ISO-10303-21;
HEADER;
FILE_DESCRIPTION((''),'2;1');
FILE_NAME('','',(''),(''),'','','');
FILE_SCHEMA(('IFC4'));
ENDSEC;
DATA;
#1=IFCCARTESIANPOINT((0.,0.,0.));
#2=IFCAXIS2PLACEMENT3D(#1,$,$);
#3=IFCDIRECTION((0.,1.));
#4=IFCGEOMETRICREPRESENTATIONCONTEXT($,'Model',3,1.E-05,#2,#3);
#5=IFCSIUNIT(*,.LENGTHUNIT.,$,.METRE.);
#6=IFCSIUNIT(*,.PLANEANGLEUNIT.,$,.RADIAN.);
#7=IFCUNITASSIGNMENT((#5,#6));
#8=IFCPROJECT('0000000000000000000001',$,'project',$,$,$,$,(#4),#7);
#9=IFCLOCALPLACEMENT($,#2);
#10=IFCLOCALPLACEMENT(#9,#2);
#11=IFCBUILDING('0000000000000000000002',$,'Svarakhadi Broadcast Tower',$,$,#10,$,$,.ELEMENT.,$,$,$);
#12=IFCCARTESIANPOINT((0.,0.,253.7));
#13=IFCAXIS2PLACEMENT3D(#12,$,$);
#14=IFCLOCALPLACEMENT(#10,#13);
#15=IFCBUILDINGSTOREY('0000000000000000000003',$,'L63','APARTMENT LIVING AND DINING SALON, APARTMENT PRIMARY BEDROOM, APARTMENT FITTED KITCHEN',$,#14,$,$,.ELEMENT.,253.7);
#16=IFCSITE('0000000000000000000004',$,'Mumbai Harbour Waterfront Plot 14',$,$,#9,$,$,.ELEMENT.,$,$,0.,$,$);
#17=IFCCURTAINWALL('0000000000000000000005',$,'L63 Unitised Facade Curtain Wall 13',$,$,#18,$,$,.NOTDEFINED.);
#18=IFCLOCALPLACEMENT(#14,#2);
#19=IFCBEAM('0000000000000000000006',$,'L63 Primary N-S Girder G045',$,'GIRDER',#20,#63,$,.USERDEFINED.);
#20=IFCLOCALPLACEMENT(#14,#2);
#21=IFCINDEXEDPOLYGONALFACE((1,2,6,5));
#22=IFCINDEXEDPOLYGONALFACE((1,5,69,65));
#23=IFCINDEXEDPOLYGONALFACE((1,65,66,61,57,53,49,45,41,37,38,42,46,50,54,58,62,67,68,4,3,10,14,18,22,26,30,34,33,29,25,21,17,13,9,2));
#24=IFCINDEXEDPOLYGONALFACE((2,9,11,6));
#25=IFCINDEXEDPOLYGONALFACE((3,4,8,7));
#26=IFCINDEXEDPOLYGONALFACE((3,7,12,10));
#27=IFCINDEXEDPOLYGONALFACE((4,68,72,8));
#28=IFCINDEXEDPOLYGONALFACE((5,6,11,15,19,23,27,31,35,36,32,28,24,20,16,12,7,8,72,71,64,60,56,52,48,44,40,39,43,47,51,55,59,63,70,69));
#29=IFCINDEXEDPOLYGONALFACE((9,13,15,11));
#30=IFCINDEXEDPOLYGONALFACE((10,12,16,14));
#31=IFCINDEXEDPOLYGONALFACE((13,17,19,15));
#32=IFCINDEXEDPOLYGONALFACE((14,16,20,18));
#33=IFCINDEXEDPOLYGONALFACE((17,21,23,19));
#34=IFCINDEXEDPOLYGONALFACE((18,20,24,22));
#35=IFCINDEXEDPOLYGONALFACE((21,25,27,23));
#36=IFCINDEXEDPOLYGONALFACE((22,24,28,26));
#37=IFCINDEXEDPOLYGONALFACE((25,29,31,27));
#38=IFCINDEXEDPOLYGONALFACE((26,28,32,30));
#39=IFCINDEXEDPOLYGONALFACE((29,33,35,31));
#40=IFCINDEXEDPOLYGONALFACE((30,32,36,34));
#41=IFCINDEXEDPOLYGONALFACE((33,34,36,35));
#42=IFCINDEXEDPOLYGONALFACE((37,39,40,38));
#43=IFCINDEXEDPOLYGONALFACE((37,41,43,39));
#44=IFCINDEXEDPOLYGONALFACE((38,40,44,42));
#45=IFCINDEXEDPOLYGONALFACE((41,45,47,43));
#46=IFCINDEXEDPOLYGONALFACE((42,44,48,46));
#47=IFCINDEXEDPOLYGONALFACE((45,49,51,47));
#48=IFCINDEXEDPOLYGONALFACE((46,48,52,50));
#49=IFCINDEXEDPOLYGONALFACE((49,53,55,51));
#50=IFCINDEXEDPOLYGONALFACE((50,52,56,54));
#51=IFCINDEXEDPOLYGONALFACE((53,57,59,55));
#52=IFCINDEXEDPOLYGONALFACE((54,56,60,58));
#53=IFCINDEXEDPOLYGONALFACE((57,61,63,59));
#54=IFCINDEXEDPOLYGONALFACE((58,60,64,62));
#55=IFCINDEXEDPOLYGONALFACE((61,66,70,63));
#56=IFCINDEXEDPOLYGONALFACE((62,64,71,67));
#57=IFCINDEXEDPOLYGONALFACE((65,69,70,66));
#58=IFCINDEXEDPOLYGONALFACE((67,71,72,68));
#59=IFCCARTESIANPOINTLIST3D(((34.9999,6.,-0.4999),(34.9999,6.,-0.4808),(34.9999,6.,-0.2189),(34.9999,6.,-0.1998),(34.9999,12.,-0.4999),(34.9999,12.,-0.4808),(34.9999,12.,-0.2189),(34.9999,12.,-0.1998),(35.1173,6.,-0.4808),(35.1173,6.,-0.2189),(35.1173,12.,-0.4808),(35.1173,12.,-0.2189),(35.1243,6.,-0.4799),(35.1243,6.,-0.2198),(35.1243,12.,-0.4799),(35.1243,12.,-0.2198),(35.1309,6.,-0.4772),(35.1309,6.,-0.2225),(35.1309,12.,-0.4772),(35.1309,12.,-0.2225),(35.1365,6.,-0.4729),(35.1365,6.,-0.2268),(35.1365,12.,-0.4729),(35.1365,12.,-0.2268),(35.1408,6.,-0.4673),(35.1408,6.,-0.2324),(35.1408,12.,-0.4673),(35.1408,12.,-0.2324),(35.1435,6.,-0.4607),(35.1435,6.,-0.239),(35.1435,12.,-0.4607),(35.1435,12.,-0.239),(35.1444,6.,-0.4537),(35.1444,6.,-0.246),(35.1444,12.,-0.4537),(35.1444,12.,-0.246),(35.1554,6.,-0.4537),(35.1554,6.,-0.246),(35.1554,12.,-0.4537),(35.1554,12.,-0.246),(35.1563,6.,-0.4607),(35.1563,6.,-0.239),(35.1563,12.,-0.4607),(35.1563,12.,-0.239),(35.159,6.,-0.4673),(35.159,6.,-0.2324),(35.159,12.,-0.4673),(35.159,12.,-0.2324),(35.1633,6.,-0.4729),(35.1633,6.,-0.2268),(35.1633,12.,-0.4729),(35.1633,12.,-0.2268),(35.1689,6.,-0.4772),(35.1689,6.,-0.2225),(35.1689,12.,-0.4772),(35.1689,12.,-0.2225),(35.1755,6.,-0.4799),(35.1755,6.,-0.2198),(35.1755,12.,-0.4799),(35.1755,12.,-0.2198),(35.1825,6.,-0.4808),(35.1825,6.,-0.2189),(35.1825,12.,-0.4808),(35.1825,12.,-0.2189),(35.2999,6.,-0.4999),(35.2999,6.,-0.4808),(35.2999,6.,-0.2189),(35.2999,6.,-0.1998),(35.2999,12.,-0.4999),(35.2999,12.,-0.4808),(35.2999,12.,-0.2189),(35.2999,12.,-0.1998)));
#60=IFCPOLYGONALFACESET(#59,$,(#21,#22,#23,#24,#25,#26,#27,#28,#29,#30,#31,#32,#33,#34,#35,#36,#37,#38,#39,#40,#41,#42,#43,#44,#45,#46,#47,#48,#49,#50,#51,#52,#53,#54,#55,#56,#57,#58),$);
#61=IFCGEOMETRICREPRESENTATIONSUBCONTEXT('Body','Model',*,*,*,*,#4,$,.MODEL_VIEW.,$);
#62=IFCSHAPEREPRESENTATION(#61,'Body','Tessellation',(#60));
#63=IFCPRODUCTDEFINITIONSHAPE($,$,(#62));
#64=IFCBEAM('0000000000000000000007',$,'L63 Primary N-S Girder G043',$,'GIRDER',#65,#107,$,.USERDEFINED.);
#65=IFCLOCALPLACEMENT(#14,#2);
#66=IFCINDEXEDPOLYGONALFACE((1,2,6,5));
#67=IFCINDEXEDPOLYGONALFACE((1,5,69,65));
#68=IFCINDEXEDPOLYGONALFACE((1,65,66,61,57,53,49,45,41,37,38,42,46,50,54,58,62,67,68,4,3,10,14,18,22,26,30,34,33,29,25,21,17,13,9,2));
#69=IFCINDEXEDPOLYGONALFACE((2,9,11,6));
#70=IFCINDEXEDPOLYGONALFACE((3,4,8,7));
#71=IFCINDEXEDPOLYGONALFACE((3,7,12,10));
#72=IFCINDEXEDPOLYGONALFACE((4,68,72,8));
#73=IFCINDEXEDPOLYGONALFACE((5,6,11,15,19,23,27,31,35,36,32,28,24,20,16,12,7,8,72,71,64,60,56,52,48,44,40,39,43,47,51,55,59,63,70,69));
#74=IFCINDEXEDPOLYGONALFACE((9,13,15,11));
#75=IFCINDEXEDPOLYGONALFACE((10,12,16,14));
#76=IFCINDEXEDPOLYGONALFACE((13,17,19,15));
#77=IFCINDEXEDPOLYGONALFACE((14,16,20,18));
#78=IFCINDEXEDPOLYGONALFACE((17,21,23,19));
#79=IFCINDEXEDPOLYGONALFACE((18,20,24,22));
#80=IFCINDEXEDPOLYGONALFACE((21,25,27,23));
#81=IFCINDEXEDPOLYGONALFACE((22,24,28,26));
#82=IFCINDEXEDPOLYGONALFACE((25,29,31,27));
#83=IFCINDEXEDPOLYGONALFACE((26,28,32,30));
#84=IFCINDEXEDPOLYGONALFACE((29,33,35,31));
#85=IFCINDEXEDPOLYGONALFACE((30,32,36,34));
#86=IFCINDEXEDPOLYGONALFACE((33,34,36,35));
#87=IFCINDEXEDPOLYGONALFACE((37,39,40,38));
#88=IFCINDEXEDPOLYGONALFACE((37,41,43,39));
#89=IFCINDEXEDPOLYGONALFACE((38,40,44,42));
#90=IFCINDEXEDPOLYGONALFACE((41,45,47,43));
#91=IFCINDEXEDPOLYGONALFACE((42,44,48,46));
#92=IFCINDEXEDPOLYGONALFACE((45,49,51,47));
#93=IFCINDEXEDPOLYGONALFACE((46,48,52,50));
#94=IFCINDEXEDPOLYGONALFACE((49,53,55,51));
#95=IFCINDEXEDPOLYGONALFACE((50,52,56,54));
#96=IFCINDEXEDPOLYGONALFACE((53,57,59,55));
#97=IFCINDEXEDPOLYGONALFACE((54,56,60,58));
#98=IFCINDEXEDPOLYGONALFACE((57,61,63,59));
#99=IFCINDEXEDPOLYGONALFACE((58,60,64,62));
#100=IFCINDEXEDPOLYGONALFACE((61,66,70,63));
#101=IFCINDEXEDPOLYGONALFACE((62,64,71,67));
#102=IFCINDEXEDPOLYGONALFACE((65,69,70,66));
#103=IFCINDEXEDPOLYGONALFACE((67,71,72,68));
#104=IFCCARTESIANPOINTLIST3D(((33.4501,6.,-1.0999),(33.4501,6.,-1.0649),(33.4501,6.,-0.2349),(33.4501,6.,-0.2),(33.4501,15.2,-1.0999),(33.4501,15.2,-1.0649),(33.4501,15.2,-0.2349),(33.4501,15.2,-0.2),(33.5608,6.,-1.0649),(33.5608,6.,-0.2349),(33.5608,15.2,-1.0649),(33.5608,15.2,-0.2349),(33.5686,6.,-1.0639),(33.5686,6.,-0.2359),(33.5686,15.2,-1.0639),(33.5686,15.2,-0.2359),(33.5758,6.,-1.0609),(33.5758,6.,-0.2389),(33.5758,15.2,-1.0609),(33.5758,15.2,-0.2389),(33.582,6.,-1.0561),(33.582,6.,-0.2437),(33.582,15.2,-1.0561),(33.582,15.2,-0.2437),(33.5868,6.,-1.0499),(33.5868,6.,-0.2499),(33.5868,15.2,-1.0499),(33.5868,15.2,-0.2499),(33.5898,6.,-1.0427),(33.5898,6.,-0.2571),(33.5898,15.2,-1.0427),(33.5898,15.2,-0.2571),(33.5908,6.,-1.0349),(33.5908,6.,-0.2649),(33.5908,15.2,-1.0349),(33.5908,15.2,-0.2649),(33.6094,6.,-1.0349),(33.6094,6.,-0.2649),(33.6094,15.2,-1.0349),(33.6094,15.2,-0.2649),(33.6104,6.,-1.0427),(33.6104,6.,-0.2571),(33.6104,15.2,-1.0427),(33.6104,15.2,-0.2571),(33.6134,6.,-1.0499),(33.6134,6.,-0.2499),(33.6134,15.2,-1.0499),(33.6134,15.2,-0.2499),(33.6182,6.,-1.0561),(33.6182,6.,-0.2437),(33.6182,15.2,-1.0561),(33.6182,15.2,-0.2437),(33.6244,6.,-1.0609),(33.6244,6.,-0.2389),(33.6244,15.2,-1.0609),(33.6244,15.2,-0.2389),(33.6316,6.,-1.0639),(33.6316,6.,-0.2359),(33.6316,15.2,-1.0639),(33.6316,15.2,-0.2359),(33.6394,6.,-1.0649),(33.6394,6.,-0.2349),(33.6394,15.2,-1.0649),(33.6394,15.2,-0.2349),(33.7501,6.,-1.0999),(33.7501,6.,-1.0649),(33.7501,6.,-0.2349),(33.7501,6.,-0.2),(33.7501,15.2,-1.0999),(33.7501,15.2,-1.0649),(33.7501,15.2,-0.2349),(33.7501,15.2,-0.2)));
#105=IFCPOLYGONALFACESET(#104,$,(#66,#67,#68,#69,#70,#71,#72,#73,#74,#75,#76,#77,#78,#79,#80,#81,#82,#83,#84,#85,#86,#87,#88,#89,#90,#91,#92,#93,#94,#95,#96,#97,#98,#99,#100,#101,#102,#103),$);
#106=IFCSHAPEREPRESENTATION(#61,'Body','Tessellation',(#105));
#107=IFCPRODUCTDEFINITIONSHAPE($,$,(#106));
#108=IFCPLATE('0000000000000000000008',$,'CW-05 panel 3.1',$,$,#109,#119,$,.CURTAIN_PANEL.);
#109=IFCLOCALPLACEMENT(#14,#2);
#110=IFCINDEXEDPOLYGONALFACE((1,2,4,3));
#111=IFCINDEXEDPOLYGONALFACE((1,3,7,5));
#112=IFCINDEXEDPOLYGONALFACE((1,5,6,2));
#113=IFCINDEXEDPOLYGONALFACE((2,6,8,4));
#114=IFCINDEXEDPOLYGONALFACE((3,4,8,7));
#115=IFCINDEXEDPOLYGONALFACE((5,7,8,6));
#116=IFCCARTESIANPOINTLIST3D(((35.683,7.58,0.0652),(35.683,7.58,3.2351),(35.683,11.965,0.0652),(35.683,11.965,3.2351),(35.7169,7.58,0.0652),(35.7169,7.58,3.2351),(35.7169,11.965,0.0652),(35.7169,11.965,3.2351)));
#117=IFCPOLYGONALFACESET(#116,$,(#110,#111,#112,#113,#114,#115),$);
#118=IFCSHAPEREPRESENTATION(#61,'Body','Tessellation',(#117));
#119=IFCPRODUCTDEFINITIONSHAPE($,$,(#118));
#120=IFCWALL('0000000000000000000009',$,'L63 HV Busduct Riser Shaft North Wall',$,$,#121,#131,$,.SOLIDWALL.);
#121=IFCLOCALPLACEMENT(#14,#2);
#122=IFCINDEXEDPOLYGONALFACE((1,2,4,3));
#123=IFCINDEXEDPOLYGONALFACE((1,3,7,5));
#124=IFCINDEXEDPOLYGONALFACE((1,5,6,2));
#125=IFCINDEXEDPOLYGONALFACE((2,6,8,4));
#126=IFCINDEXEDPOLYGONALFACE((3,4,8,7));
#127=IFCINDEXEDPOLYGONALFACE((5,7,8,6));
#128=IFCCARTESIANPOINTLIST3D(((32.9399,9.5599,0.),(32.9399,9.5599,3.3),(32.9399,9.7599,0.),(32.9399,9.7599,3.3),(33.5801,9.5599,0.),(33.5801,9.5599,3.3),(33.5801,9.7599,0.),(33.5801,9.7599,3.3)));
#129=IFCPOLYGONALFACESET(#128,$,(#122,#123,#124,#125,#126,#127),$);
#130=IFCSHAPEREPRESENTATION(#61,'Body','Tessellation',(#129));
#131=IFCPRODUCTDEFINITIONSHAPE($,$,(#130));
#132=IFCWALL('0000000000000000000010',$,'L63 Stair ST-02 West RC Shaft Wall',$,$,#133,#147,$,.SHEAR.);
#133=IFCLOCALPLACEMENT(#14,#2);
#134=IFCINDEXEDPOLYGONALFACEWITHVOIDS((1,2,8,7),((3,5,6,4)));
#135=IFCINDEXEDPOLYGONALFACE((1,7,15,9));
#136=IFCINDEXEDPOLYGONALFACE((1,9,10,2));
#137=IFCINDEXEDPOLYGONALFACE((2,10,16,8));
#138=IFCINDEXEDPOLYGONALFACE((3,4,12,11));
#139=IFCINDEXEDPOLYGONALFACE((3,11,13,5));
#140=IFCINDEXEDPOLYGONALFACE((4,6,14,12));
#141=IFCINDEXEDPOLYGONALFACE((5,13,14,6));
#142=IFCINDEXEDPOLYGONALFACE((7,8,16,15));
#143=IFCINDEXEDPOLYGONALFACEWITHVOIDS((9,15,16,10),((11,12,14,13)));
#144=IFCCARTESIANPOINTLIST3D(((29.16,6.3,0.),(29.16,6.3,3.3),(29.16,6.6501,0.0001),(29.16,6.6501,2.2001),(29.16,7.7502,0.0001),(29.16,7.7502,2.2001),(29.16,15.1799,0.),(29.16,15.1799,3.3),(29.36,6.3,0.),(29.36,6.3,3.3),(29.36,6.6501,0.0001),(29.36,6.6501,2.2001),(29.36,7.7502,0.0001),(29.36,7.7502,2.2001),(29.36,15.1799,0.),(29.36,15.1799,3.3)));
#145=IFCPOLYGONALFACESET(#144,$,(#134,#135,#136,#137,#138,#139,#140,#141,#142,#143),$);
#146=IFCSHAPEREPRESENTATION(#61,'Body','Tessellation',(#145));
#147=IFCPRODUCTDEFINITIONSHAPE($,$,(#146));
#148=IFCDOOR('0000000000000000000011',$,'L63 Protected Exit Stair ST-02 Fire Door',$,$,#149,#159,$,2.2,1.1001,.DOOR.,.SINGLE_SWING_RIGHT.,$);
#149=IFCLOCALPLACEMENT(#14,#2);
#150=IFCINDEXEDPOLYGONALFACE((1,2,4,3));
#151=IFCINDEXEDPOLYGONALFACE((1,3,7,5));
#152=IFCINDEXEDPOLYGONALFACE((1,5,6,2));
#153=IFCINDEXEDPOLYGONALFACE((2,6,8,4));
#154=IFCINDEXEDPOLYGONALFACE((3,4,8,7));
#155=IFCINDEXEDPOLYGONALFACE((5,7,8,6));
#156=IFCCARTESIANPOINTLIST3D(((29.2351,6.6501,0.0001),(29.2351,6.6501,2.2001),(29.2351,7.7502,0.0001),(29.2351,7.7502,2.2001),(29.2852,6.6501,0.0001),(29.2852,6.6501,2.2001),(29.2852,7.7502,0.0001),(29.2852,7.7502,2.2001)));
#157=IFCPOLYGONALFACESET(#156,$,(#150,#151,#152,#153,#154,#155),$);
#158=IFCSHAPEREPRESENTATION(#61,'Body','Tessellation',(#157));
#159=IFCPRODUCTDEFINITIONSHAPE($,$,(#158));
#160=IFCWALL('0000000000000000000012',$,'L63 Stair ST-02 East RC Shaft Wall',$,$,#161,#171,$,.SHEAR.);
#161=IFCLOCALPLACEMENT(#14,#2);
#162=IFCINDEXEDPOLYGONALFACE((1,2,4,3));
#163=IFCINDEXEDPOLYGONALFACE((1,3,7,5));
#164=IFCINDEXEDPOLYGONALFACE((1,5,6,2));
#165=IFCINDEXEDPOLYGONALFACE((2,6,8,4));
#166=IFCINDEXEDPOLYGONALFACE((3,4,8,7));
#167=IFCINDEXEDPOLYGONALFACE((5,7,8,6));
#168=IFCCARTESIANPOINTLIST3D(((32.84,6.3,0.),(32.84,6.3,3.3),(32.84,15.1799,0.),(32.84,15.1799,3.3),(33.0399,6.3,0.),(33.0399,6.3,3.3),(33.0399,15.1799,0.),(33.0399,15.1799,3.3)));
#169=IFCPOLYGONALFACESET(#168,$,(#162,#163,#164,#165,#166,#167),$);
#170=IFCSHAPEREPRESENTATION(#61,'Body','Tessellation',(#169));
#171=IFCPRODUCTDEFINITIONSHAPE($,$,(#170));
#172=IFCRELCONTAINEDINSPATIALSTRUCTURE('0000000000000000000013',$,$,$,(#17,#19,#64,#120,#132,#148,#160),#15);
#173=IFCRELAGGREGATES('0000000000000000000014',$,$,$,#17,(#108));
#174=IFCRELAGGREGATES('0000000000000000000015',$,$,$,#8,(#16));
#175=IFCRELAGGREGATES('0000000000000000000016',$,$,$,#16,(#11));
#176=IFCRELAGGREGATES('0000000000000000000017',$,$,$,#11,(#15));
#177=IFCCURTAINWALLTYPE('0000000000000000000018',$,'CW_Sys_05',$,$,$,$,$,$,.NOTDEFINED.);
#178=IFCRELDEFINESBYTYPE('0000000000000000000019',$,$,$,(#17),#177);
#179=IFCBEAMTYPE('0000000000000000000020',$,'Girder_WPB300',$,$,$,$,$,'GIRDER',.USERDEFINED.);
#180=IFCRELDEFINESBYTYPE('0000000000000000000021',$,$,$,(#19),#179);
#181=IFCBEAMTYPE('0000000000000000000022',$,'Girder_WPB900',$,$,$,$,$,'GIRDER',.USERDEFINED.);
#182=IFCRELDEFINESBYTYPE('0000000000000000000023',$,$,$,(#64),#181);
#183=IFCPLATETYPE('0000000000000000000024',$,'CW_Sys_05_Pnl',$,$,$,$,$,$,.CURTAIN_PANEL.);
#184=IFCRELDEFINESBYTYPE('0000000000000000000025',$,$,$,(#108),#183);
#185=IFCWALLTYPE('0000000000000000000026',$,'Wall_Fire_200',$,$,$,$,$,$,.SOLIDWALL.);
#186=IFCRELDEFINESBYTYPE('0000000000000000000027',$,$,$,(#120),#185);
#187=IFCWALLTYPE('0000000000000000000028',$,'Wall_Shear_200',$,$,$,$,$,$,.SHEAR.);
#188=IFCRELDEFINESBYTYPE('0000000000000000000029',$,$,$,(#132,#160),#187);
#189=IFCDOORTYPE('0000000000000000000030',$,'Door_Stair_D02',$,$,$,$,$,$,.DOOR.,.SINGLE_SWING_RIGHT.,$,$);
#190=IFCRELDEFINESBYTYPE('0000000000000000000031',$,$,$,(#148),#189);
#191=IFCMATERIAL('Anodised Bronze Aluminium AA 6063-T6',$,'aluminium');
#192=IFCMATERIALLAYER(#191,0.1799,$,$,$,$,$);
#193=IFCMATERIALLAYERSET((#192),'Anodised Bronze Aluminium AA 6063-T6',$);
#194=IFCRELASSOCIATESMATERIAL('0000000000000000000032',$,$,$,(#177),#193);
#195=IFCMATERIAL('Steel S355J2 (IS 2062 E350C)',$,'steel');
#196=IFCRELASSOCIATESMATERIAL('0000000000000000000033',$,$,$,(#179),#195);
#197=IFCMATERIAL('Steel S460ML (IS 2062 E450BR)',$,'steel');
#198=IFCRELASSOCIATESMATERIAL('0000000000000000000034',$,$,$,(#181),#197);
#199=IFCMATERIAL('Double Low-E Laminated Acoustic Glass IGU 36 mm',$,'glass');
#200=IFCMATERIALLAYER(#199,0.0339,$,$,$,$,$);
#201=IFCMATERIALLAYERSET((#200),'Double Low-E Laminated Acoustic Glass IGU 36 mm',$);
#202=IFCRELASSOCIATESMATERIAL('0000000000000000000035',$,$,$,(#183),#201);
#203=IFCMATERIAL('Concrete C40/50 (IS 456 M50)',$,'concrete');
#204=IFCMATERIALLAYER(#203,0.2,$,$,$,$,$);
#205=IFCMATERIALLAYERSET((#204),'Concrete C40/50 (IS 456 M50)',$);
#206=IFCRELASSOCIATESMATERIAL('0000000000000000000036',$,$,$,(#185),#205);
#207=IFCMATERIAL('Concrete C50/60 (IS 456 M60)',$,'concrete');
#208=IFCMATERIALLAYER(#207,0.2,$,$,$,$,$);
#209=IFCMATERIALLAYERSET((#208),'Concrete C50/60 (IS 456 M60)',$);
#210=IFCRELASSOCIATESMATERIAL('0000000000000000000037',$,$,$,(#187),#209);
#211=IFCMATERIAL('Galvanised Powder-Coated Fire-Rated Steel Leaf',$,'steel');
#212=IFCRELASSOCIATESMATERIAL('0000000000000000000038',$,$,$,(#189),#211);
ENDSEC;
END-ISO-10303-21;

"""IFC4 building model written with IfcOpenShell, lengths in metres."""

from ifc_helpers import new_model, si_unit, direction, frame, frame_2d, origin, origin_2d, place, context, subcontext, project, spatial, rectangle, i_section, extrude, material, layer, layer_set, material_profile, profile_set, type_object, element, fill, aggregate, save


model = new_model("IFC4")

# Units and contexts
model_context = context("Model", 3, precision=1e-05, world=origin(), true_north=direction((0.0, 1.0)))
body_context = subcontext(model_context, "Body", "Model", "MODEL_VIEW")
ifc_project = project(units=[si_unit("LENGTHUNIT", "METRE"), si_unit("PLANEANGLEUNIT", "RADIAN")], contexts=[model_context])

# Site, building, storey
site_placement = place(None, origin())
site = spatial("IfcSite", under=ifc_project, at=site_placement, Name="Mumbai Harbour Waterfront Plot 14", CompositionType="ELEMENT", RefElevation=0.0)
building_placement = place(site_placement, origin())
building = spatial("IfcBuilding", under=site, at=building_placement, Name="Svarakhadi Broadcast Tower", CompositionType="ELEMENT")
storey_placement = place(building_placement, frame((0.0, 0.0, 253.7)))
storey = spatial("IfcBuildingStorey", under=building, at=storey_placement, Name="L63", Description="APARTMENT LIVING AND DINING SALON, APARTMENT PRIMARY BEDROOM, APARTMENT FITTED KITCHEN", CompositionType="ELEMENT", Elevation=253.7)

# Shared definitions
ifc_material_1 = material(Name="Concrete C50/60 (IS 456 M60)", Category="concrete")
ifc_material_2 = material(Name="Steel S460ML (IS 2062 E450BR)", Category="steel")

# Curtain wall
ifc_material_3 = material(Name="Anodised Bronze Aluminium AA 6063-T6", Category="aluminium")
ifc_layer_1 = layer(ifc_material_3, 0.1799)
ifc_layer_set_1 = layer_set([ifc_layer_1], Name="Anodised Bronze Aluminium AA 6063-T6")
curtain_wall_type = type_object("IfcCurtainWallType", Name="CW_Sys_05", PredefinedType="NOTDEFINED", material=ifc_layer_set_1)
curtain_wall_placement = place(storey_placement, origin())
curtain_wall = element("IfcCurtainWall", 1, at=curtain_wall_placement, inside=storey, type_object=curtain_wall_type, Name="L63 Unitised Facade Curtain Wall 13", PredefinedType="NOTDEFINED")

# Beams
ifc_material_4 = material(Name="Steel S355J2 (IS 2062 E350C)", Category="steel")
ifc_material_profile_1 = material_profile(ifc_material_4, i_section(OverallWidth=0.3, OverallDepth=0.3, WebThickness=0.011, FlangeThickness=0.019, FilletRadius=0.0271, at=origin_2d()), Name="WPB 300x300x117")
ifc_profile_set_1 = profile_set([ifc_material_profile_1], Name="Steel S355J2 (IS 2062 E350C)")
beam_type_1 = type_object("IfcBeamType", Name="Girder_WPB300", ElementType="GIRDER", PredefinedType="USERDEFINED", material=ifc_profile_set_1)
beam_1_placement = place(storey_placement, frame((35.1499, 6.0, -0.3499), z_axis=(0.0, 1.0, 0.0), x_axis=(-1.0, 0.0, 0.0)))
element("IfcBeam", 2, at=beam_1_placement, inside=storey, type_object=beam_type_1, Name="L63 Primary N-S Girder G045", ObjectType="GIRDER", PredefinedType="USERDEFINED", context=body_context, shape_type="SweptSolid", body=[
    extrude(i_section(OverallWidth=0.3, OverallDepth=0.3, WebThickness=0.011, FlangeThickness=0.019, FilletRadius=0.0271, at=origin_2d()), origin(), (0.0, 0.0, 1.0), 6.0),
])
ifc_material_profile_2 = material_profile(ifc_material_2, i_section(OverallWidth=0.3, OverallDepth=0.8999, WebThickness=0.0186, FlangeThickness=0.0349, FilletRadius=0.03, at=origin_2d()), Name="WPB 900x300x291")
ifc_profile_set_2 = profile_set([ifc_material_profile_2], Name="Steel S460ML (IS 2062 E450BR)")
beam_type_2 = type_object("IfcBeamType", Name="Girder_WPB900", ElementType="GIRDER", PredefinedType="USERDEFINED", material=ifc_profile_set_2)
beam_2_placement = place(storey_placement, frame((33.6001, 6.0, -0.6499), z_axis=(0.0, 1.0, 0.0), x_axis=(-1.0, 0.0, 0.0)))
element("IfcBeam", 3, at=beam_2_placement, inside=storey, type_object=beam_type_2, Name="L63 Primary N-S Girder G043", ObjectType="GIRDER", PredefinedType="USERDEFINED", context=body_context, shape_type="SweptSolid", body=[
    extrude(i_section(OverallWidth=0.3, OverallDepth=0.8999, WebThickness=0.0186, FlangeThickness=0.0349, FilletRadius=0.03, at=origin_2d()), origin(), (0.0, 0.0, 1.0), 9.2),
])

# Plate
ifc_material_5 = material(Name="Double Low-E Laminated Acoustic Glass IGU 36 mm", Category="glass")
ifc_layer_2 = layer(ifc_material_5, 0.0339)
ifc_layer_set_2 = layer_set([ifc_layer_2], Name="Double Low-E Laminated Acoustic Glass IGU 36 mm")
plate_type = type_object("IfcPlateType", Name="CW_Sys_05_Pnl", PredefinedType="CURTAIN_PANEL", material=ifc_layer_set_2)
plate_placement = place(storey_placement, frame((35.7, 9.7725, 0.0652), z_axis=(0.0, 0.0, 1.0), x_axis=(0.0, -1.0, 0.0)))
plate = element("IfcPlate", 4, at=plate_placement, type_object=plate_type, Name="CW-05 panel 3.1", PredefinedType="CURTAIN_PANEL", context=body_context, shape_type="SweptSolid", body=[
    extrude(rectangle(XDim=4.385, YDim=0.0339, at=origin_2d()), origin(), (0.0, 0.0, 1.0), 3.1699),
])
aggregate(curtain_wall, [plate])

# Wall
ifc_material_6 = material(Name="Concrete C40/50 (IS 456 M50)", Category="concrete")
ifc_layer_3 = layer(ifc_material_6, 0.2)
ifc_layer_set_3 = layer_set([ifc_layer_3], Name="Concrete C40/50 (IS 456 M50)")
wall_type_1 = type_object("IfcWallType", Name="Wall_Fire_200", PredefinedType="SOLIDWALL", material=ifc_layer_set_3)
wall_1_placement = place(storey_placement, frame((32.9399, 9.6599, 0.0), z_axis=(0.0, 0.0, 1.0), x_axis=(1.0, 0.0, 0.0)))
element("IfcWall", 5, at=wall_1_placement, inside=storey, type_object=wall_type_1, Name="L63 HV Busduct Riser Shaft North Wall", PredefinedType="SOLIDWALL", context=body_context, shape_type="SweptSolid", body=[
    extrude(rectangle(XDim=0.6401, YDim=0.2, at=frame_2d((0.3201, 0.0))), origin(), (0.0, 0.0, 1.0), 3.3),
])

# Wall, opening, door
ifc_layer_4 = layer(ifc_material_1, 0.2)
ifc_layer_set_4 = layer_set([ifc_layer_4], Name="Concrete C50/60 (IS 456 M60)")
wall_type_2 = type_object("IfcWallType", Name="Wall_Shear_200", PredefinedType="SHEAR", material=ifc_layer_set_4)
wall_2_placement = place(storey_placement, frame((29.26, 6.3, 0.0), z_axis=(0.0, 0.0, 1.0), x_axis=(0.0, 1.0, 0.0)))
wall_2 = element("IfcWall", 6, at=wall_2_placement, inside=storey, type_object=wall_type_2, Name="L63 Stair ST-02 West RC Shaft Wall", PredefinedType="SHEAR", context=body_context, shape_type="SweptSolid", body=[
    extrude(rectangle(XDim=8.8799, YDim=0.2, at=frame_2d((4.4399, 0.0))), origin(), (0.0, 0.0, 1.0), 3.3),
])
opening_1_placement = place(wall_2_placement, frame((0.3501, 0.0, 0.0)))
opening_1 = element("IfcOpeningElement", 7, at=opening_1_placement, cuts=wall_2, PredefinedType="OPENING", context=body_context, shape_type="SweptSolid", body=[
    extrude(rectangle(XDim=1.1001, YDim=2.2, at=frame_2d((0.55, 1.1001))), frame((0.0, 0.1099, 0.0), z_axis=(0.0, -1.0, 0.0), x_axis=(1.0, 0.0, 0.0)), (0.0, 0.0, 1.0), 0.22),
])
ifc_material_7 = material(Name="Galvanised Powder-Coated Fire-Rated Steel Leaf", Category="steel")
door_type_1 = type_object("IfcDoorType", Name="Door_Stair_D02", OperationType="SINGLE_SWING_RIGHT", PredefinedType="DOOR", material=ifc_material_7)
door_1_placement = place(opening_1_placement, origin())
door_1 = element("IfcDoor", 8, at=door_1_placement, inside=storey, type_object=door_type_1, Name="L63 Protected Exit Stair ST-02 Fire Door", OperationType="SINGLE_SWING_RIGHT", OverallHeight=2.2, OverallWidth=1.1001, PredefinedType="DOOR", context=body_context, shape_type="SweptSolid", body=[
    extrude(rectangle(XDim=1.1001, YDim=2.2, at=frame_2d((0.55, 1.1001))), frame((0.0, 0.0249, 0.0), z_axis=(0.0, -1.0, 0.0), x_axis=(1.0, 0.0, 0.0)), (0.0, 0.0, 1.0), 0.05),
])
fill(opening_1, door_1)

# Wall
wall_3_placement = place(storey_placement, frame((32.9399, 6.3, 0.0), z_axis=(0.0, 0.0, 1.0), x_axis=(0.0, 1.0, 0.0)))
element("IfcWall", 9, at=wall_3_placement, inside=storey, type_object=wall_type_2, Name="L63 Stair ST-02 East RC Shaft Wall", PredefinedType="SHEAR", context=body_context, shape_type="SweptSolid", body=[
    extrude(rectangle(XDim=8.8799, YDim=0.2, at=frame_2d((4.4399, 0.0))), origin(), (0.0, 0.0, 1.0), 3.3),
])

save(model, "model.ifc")
